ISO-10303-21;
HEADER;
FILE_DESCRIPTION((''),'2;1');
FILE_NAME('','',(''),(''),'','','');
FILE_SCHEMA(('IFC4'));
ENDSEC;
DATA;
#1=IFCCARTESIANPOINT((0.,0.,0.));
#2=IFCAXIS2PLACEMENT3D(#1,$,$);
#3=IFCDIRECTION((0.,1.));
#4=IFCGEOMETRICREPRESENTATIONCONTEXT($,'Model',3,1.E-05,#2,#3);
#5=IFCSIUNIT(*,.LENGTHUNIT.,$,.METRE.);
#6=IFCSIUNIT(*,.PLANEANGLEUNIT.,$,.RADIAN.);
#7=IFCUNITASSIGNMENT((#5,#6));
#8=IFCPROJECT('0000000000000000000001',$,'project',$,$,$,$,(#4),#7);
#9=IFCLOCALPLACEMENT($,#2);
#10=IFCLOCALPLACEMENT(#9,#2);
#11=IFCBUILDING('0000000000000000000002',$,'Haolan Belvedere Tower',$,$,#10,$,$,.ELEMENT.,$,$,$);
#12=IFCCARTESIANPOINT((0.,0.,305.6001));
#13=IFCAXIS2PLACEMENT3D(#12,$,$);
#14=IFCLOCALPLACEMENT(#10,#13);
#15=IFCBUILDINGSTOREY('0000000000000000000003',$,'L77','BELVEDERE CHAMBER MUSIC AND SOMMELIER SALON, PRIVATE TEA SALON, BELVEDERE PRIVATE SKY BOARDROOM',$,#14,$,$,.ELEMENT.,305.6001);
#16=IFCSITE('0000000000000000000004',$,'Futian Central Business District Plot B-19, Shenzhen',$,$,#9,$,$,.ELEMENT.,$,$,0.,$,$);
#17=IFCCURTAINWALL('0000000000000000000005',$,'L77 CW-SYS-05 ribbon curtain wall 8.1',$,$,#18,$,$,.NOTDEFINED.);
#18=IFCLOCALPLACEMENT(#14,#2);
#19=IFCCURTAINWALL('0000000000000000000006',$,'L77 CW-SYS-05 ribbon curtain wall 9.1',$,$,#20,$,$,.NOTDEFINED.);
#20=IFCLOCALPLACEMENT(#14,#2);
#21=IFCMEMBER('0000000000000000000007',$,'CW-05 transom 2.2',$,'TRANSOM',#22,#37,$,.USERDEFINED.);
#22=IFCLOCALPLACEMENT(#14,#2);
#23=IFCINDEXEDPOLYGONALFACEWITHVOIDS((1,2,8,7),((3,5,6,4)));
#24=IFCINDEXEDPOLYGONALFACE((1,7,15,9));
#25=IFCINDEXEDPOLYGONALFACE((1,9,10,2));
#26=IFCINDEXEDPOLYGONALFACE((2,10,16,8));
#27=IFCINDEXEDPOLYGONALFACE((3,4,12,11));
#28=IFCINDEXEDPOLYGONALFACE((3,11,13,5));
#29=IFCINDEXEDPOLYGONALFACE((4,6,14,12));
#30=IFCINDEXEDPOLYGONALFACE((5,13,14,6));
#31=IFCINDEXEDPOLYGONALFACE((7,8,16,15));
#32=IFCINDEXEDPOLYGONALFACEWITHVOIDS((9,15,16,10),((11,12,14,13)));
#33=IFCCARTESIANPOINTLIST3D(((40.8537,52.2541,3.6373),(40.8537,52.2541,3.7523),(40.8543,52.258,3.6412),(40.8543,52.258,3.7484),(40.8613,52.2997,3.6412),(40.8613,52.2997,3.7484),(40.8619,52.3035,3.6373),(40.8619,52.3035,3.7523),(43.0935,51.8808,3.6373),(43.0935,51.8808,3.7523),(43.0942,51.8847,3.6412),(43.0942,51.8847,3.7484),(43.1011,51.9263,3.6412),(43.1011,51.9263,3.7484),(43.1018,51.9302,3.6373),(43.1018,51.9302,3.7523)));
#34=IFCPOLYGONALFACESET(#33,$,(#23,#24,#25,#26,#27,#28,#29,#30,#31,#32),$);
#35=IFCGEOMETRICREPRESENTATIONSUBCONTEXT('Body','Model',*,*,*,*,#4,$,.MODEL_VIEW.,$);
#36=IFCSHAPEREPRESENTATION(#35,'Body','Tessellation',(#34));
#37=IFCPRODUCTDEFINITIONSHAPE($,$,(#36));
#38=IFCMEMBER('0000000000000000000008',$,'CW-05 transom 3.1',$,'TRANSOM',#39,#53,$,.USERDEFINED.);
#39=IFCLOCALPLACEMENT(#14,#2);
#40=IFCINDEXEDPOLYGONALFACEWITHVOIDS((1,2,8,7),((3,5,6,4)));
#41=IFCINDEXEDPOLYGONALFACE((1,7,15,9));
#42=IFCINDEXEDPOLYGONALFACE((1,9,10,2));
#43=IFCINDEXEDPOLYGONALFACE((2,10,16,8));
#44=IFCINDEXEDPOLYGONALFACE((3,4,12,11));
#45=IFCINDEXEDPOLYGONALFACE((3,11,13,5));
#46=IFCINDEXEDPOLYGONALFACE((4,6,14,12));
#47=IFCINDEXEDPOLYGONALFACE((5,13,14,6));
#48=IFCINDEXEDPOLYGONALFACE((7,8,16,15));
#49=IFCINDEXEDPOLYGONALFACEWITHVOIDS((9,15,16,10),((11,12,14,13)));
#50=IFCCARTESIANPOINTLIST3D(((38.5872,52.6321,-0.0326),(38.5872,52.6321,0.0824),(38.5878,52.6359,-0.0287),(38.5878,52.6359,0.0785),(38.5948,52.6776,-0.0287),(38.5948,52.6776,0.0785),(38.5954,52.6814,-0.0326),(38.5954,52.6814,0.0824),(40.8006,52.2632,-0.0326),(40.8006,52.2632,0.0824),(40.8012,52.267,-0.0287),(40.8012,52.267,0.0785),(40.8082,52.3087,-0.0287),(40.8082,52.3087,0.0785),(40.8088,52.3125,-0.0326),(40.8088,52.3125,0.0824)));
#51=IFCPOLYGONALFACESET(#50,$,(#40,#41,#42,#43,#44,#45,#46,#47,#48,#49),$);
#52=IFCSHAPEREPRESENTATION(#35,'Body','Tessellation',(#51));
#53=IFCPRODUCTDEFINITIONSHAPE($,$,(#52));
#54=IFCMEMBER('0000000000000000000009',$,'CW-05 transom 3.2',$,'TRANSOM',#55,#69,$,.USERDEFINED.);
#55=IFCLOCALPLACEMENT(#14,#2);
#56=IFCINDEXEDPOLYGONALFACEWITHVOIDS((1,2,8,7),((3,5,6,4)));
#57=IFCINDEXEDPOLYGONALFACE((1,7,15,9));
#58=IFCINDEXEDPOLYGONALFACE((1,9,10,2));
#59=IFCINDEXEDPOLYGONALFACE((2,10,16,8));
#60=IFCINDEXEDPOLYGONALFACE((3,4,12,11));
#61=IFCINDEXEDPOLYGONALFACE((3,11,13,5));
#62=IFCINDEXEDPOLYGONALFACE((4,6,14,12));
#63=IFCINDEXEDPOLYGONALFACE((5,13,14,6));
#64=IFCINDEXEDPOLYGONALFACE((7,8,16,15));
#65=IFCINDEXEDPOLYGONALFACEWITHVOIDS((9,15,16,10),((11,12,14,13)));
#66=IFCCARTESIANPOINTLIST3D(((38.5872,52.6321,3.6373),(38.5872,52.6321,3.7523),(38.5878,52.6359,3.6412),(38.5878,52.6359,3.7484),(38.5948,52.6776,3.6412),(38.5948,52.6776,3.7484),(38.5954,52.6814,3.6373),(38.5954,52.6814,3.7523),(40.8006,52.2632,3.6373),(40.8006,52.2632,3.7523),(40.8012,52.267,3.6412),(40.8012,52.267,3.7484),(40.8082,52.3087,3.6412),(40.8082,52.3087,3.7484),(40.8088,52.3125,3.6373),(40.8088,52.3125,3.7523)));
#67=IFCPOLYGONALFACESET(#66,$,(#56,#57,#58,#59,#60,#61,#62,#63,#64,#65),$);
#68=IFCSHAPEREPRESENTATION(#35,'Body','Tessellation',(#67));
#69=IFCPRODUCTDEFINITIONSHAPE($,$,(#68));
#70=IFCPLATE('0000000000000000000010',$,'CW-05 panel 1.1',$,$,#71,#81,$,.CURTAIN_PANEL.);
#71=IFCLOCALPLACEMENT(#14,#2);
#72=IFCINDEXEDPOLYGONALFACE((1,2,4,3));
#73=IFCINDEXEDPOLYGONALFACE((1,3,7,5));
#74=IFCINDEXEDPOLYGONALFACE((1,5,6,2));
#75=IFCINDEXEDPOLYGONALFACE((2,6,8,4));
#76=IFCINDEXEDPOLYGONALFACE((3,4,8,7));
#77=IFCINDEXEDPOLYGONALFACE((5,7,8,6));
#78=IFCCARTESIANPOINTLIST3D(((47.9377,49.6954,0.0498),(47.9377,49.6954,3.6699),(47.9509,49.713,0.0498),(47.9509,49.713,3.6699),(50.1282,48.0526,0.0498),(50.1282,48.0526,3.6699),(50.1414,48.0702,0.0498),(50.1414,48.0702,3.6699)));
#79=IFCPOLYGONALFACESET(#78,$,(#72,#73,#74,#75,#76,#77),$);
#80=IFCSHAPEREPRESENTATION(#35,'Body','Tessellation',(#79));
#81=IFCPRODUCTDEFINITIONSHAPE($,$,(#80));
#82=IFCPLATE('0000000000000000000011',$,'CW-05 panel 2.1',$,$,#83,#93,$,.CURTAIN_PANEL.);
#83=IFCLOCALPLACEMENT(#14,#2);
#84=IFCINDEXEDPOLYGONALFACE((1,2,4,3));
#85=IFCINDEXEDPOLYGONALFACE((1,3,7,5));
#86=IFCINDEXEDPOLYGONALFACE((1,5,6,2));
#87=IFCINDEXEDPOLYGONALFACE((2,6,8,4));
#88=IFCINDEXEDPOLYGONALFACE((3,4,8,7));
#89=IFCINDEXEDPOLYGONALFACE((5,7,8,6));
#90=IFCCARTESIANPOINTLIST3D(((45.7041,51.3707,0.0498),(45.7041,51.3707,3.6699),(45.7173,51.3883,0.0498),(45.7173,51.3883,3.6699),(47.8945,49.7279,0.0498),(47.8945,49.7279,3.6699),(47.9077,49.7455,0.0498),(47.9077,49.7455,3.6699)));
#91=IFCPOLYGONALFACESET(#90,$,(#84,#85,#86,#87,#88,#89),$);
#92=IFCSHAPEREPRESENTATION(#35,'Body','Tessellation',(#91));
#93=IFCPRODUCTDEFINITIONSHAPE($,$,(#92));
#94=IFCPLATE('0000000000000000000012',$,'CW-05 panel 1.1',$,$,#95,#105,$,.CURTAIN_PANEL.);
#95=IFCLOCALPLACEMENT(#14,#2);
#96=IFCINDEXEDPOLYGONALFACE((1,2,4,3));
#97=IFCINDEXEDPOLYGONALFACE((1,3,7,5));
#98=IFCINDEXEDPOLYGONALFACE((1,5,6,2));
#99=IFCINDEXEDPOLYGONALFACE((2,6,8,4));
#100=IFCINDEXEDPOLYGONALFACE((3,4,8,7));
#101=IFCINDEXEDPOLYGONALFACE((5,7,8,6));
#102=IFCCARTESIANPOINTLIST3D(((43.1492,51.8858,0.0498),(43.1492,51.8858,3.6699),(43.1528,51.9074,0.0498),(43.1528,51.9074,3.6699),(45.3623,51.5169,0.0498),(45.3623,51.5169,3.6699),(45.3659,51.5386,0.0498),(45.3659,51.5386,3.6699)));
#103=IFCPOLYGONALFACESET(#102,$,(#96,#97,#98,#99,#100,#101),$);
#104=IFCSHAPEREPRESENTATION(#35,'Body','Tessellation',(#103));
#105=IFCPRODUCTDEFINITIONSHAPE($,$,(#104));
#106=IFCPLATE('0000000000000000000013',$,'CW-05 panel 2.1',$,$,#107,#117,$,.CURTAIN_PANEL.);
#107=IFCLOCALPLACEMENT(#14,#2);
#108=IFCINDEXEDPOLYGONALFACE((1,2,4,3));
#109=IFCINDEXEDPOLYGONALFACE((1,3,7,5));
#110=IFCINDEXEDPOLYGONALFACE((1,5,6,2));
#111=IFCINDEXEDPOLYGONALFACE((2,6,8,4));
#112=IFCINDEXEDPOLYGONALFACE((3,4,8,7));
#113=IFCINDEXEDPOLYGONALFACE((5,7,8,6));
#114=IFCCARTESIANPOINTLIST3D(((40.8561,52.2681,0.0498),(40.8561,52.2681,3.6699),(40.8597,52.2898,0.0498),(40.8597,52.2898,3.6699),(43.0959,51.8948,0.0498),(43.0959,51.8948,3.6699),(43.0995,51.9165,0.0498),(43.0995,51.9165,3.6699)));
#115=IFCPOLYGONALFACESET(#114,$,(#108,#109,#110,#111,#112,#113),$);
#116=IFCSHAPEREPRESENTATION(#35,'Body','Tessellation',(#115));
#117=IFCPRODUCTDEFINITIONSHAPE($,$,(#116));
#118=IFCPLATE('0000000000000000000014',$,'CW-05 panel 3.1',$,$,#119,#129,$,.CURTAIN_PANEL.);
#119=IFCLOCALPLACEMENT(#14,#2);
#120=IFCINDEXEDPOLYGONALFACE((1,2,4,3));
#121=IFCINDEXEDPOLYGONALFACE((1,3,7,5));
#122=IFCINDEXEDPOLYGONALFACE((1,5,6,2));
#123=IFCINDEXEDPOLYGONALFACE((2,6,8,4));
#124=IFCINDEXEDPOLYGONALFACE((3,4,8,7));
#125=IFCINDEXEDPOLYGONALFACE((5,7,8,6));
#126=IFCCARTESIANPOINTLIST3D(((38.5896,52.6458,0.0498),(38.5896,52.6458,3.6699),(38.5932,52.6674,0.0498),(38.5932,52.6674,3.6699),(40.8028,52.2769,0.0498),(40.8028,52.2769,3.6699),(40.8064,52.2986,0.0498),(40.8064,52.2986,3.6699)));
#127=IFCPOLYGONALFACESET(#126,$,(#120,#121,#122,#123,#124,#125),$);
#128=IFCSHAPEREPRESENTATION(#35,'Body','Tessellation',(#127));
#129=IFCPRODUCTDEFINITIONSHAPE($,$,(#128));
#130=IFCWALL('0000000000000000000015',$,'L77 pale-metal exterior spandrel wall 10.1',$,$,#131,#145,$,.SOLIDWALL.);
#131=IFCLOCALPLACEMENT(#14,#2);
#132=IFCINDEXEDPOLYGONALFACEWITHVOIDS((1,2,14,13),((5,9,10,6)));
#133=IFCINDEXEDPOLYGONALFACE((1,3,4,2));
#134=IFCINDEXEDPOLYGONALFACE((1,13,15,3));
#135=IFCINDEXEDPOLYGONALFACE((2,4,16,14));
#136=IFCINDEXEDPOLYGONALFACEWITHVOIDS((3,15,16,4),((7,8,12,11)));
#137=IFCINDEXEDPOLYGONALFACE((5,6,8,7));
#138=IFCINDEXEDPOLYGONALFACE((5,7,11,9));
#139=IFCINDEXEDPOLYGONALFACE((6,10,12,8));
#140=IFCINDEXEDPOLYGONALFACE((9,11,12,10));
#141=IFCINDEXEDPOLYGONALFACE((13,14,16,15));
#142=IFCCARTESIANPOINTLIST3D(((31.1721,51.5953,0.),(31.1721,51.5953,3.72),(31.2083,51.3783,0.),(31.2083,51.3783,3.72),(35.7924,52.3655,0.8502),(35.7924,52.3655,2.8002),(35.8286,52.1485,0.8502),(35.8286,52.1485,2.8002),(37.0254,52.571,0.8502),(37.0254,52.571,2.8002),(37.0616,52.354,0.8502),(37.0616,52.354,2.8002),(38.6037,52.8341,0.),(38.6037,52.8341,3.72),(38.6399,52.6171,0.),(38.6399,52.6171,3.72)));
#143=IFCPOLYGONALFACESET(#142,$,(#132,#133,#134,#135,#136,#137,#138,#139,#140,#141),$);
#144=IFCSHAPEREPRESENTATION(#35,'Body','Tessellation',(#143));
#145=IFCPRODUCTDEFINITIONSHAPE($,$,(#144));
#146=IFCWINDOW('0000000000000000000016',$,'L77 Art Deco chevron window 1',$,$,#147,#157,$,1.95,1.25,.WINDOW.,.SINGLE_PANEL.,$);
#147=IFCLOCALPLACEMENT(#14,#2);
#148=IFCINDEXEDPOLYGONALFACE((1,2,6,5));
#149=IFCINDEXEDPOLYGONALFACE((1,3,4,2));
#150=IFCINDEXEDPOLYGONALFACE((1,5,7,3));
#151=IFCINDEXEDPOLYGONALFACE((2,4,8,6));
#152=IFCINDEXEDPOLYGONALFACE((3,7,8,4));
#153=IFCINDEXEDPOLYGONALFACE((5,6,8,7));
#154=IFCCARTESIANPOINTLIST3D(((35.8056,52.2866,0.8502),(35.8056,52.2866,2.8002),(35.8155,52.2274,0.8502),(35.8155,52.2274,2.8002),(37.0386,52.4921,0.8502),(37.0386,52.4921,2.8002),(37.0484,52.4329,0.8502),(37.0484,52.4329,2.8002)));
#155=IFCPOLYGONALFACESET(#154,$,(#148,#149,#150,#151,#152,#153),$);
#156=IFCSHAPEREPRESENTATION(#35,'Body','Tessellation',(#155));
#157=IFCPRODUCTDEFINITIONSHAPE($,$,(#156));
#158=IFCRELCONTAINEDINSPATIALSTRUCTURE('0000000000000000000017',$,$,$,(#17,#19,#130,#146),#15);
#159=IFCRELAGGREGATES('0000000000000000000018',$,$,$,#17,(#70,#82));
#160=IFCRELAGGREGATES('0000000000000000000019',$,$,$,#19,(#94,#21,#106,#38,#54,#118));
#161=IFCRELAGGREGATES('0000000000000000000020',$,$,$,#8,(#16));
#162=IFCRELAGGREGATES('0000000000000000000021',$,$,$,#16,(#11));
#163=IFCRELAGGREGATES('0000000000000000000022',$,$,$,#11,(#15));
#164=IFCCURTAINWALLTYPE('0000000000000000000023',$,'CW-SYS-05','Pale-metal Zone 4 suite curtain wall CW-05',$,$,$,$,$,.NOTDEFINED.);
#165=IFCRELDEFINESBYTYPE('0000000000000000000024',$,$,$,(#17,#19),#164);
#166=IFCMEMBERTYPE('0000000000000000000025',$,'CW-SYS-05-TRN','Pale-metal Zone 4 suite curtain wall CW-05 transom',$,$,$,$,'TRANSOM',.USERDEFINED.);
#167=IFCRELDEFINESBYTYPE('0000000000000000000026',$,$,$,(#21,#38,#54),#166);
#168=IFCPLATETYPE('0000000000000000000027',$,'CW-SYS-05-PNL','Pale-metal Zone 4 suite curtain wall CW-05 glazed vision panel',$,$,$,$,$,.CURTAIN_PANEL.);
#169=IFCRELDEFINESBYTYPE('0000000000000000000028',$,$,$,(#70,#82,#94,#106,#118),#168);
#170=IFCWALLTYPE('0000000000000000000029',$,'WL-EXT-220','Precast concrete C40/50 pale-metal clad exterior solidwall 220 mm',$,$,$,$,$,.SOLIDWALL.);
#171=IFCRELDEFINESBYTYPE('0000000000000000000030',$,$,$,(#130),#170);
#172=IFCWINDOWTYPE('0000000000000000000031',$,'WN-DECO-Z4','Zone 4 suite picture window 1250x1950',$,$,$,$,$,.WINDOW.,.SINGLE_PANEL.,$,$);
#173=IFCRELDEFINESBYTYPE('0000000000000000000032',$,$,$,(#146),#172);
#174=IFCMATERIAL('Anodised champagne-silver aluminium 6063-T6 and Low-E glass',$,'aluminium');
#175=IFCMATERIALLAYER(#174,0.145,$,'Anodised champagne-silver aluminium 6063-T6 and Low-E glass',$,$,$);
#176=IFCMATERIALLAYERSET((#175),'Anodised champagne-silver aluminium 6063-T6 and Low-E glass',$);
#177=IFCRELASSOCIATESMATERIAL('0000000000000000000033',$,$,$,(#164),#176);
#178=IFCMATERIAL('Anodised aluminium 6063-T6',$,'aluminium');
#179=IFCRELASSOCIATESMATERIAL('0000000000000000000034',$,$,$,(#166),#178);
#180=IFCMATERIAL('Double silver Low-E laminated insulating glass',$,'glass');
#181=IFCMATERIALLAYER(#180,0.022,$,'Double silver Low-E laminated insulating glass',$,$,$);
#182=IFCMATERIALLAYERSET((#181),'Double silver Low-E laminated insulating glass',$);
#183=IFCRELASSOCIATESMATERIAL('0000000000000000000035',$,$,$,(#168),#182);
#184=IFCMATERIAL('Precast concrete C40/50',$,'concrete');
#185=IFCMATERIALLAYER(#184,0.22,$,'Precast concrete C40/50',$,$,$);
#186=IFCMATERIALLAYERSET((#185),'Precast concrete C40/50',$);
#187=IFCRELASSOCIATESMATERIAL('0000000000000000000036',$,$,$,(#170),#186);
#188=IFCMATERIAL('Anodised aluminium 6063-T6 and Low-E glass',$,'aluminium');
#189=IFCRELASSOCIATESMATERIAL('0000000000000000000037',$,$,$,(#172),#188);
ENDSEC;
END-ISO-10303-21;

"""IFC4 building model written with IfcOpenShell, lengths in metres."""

from ifc_helpers import new_model, si_unit, direction, frame, frame_2d, origin, origin_2d, place, context, subcontext, project, spatial, rectangle, hollow_rectangle, extrude, material, layer, layer_set, material_profile, profile_set, type_object, element, fill, aggregate, save


model = new_model("IFC4")

# Units and contexts
model_context = context("Model", 3, precision=1e-05, world=origin(), true_north=direction((0.0, 1.0)))
body_context = subcontext(model_context, "Body", "Model", "MODEL_VIEW")
ifc_project = project(units=[si_unit("LENGTHUNIT", "METRE"), si_unit("PLANEANGLEUNIT", "RADIAN")], contexts=[model_context])

# Site, building, storey
site_placement = place(None, origin())
site = spatial("IfcSite", under=ifc_project, at=site_placement, Name="Futian Central Business District Plot B-19, Shenzhen", CompositionType="ELEMENT", RefElevation=0.0)
building_placement = place(site_placement, origin())
building = spatial("IfcBuilding", under=site, at=building_placement, Name="Haolan Belvedere Tower", CompositionType="ELEMENT")
storey_placement = place(building_placement, frame((0.0, 0.0, 305.6001)))
storey = spatial("IfcBuildingStorey", under=building, at=storey_placement, Name="L77", Description="BELVEDERE CHAMBER MUSIC AND SOMMELIER SALON, PRIVATE TEA SALON, BELVEDERE PRIVATE SKY BOARDROOM", CompositionType="ELEMENT", Elevation=305.6001)

# Curtain walls
ifc_material_1 = material(Name="Anodised champagne-silver aluminium 6063-T6 and Low-E glass", Category="aluminium")
ifc_layer_1 = layer(ifc_material_1, 0.145, Name="Anodised champagne-silver aluminium 6063-T6 and Low-E glass")
ifc_layer_set_1 = layer_set([ifc_layer_1], Name="Anodised champagne-silver aluminium 6063-T6 and Low-E glass")
curtain_wall_type = type_object("IfcCurtainWallType", Name="CW-SYS-05", Description="Pale-metal Zone 4 suite curtain wall CW-05", PredefinedType="NOTDEFINED", material=ifc_layer_set_1)
curtain_wall_1_placement = place(storey_placement, origin())
curtain_wall_1 = element("IfcCurtainWall", 1, at=curtain_wall_1_placement, inside=storey, type_object=curtain_wall_type, Name="L77 CW-SYS-05 ribbon curtain wall 8.1", PredefinedType="NOTDEFINED")
ifc_material_2 = material(Name="Anodised aluminium 6063-T6", Category="aluminium")
curtain_wall_2_placement = place(storey_placement, origin())
curtain_wall_2 = element("IfcCurtainWall", 2, at=curtain_wall_2_placement, inside=storey, type_object=curtain_wall_type, Name="L77 CW-SYS-05 ribbon curtain wall 9.1", PredefinedType="NOTDEFINED")

# Members
ifc_material_profile_1 = material_profile(ifc_material_2, hollow_rectangle(XDim=0.05, YDim=0.115, WallThickness=0.0039, at=origin_2d()), Name="Anodised aluminium 6063-T6")
ifc_profile_set_1 = profile_set([ifc_material_profile_1], Name="Anodised aluminium 6063-T6")
member_type_1 = type_object("IfcMemberType", Name="CW-SYS-05-TRN", Description="Pale-metal Zone 4 suite curtain wall CW-05 transom", ElementType="TRANSOM", PredefinedType="USERDEFINED", material=ifc_profile_set_1)
member_1_placement = place(storey_placement, frame((43.0977, 51.9055, 3.6948), z_axis=(-0.986394, 0.164399, 0.0), x_axis=(-0.164399, -0.986394, 0.0)))
member_1 = element("IfcMember", 3, at=member_1_placement, type_object=member_type_1, Name="CW-05 transom 2.2", ObjectType="TRANSOM", PredefinedType="USERDEFINED", context=body_context, shape_type="SweptSolid", body=[
    extrude(hollow_rectangle(XDim=0.05, YDim=0.115, WallThickness=0.0039, at=origin_2d()), origin(), (0.0, 0.0, 1.0), 2.2708),
])
member_2_placement = place(storey_placement, frame((40.8047, 52.2878, 0.0249), z_axis=(-0.986394, 0.164399, 0.0), x_axis=(-0.164399, -0.986394, 0.0)))
member_2 = element("IfcMember", 4, at=member_2_placement, type_object=member_type_1, Name="CW-05 transom 3.1", ObjectType="TRANSOM", PredefinedType="USERDEFINED", context=body_context, shape_type="SweptSolid", body=[
    extrude(hollow_rectangle(XDim=0.05, YDim=0.115, WallThickness=0.0039, at=origin_2d()), origin(), (0.0, 0.0, 1.0), 2.2439),
])
member_3_placement = place(storey_placement, frame((40.8047, 52.2878, 3.6948), z_axis=(-0.986394, 0.164399, 0.0), x_axis=(-0.164399, -0.986394, 0.0)))
member_3 = element("IfcMember", 5, at=member_3_placement, type_object=member_type_1, Name="CW-05 transom 3.2", ObjectType="TRANSOM", PredefinedType="USERDEFINED", context=body_context, shape_type="SweptSolid", body=[
    extrude(hollow_rectangle(XDim=0.05, YDim=0.115, WallThickness=0.0039, at=origin_2d()), origin(), (0.0, 0.0, 1.0), 2.2439),
])

# Plates
ifc_material_3 = material(Name="Double silver Low-E laminated insulating glass", Category="glass")
ifc_layer_2 = layer(ifc_material_3, 0.022, Name="Double silver Low-E laminated insulating glass")
ifc_layer_set_2 = layer_set([ifc_layer_2], Name="Double silver Low-E laminated insulating glass")
plate_type = type_object("IfcPlateType", Name="CW-SYS-05-PNL", Description="Pale-metal Zone 4 suite curtain wall CW-05 glazed vision panel", PredefinedType="CURTAIN_PANEL", material=ifc_layer_set_2)
plate_1_placement = place(storey_placement, frame((49.0396, 48.8828, 0.0498), z_axis=(0.0, 0.0, 1.0), x_axis=(-0.799998, 0.600003, 0.0)))
plate_1 = element("IfcPlate", 6, at=plate_1_placement, type_object=plate_type, Name="CW-05 panel 1.1", PredefinedType="CURTAIN_PANEL", context=body_context, shape_type="SweptSolid", body=[
    extrude(rectangle(XDim=2.738, YDim=0.022, at=origin_2d()), origin(), (0.0, 0.0, 1.0), 3.6201),
])
plate_2_placement = place(storey_placement, frame((46.8059, 50.5581, 0.0498), z_axis=(0.0, 0.0, 1.0), x_axis=(-0.799998, 0.600003, 0.0)))
plate_2 = element("IfcPlate", 7, at=plate_2_placement, type_object=plate_type, Name="CW-05 panel 2.1", PredefinedType="CURTAIN_PANEL", context=body_context, shape_type="SweptSolid", body=[
    extrude(rectangle(XDim=2.738, YDim=0.022, at=origin_2d()), origin(), (0.0, 0.0, 1.0), 3.6201),
])
aggregate(curtain_wall_1, [plate_1, plate_2])
plate_3_placement = place(storey_placement, frame((44.2576, 51.7122, 0.0498), z_axis=(0.0, 0.0, 1.0), x_axis=(-0.986393, 0.164406, 0.0)))
plate_3 = element("IfcPlate", 8, at=plate_3_placement, type_object=plate_type, Name="CW-05 panel 1.1", PredefinedType="CURTAIN_PANEL", context=body_context, shape_type="SweptSolid", body=[
    extrude(rectangle(XDim=2.2437, YDim=0.022, at=origin_2d()), origin(), (0.0, 0.0, 1.0), 3.6201),
])
plate_4_placement = place(storey_placement, frame((41.9778, 52.0923, 0.0498), z_axis=(0.0, 0.0, 1.0), x_axis=(-0.986393, 0.164406, 0.0)))
plate_4 = element("IfcPlate", 9, at=plate_4_placement, type_object=plate_type, Name="CW-05 panel 2.1", PredefinedType="CURTAIN_PANEL", context=body_context, shape_type="SweptSolid", body=[
    extrude(rectangle(XDim=2.2708, YDim=0.022, at=origin_2d()), origin(), (0.0, 0.0, 1.0), 3.6201),
])
plate_5_placement = place(storey_placement, frame((39.698, 52.4722, 0.0498), z_axis=(0.0, 0.0, 1.0), x_axis=(-0.986393, 0.164406, 0.0)))
plate_5 = element("IfcPlate", 10, at=plate_5_placement, type_object=plate_type, Name="CW-05 panel 3.1", PredefinedType="CURTAIN_PANEL", context=body_context, shape_type="SweptSolid", body=[
    extrude(rectangle(XDim=2.2437, YDim=0.022, at=origin_2d()), origin(), (0.0, 0.0, 1.0), 3.6201),
])
aggregate(curtain_wall_2, [plate_3, member_1, plate_4, member_2, member_3, plate_5])

# Wall, opening, window
ifc_material_4 = material(Name="Precast concrete C40/50", Category="concrete")
ifc_layer_3 = layer(ifc_material_4, 0.22, Name="Precast concrete C40/50")
ifc_layer_set_3 = layer_set([ifc_layer_3], Name="Precast concrete C40/50")
wall_type = type_object("IfcWallType", Name="WL-EXT-220", Description="Precast concrete C40/50 pale-metal clad exterior solidwall 220 mm", PredefinedType="SOLIDWALL", material=ifc_layer_set_3)
wall_placement = place(storey_placement, frame((38.6218, 52.7256, 0.0), z_axis=(0.0, 0.0, 1.0), x_axis=(-0.98639, -0.16442, 0.0)))
wall = element("IfcWall", 11, at=wall_placement, inside=storey, type_object=wall_type, Name="L77 pale-metal exterior spandrel wall 10.1", PredefinedType="SOLIDWALL", context=body_context, shape_type="SweptSolid", body=[
    extrude(rectangle(XDim=7.5342, YDim=0.22, at=frame_2d((3.7671, 0.0))), origin(), (0.0, 0.0, 1.0), 3.72),
])
opening_placement = place(wall_placement, frame((1.6001, 0.0, 0.8501)))
opening = element("IfcOpeningElement", 12, at=opening_placement, cuts=wall, PredefinedType="OPENING", context=body_context, shape_type="SweptSolid", body=[
    extrude(rectangle(XDim=1.25, YDim=1.95, at=frame_2d((0.625, 0.9751))), frame((0.0, 0.1199, 0.0), z_axis=(0.0, -1.0, 0.0), x_axis=(1.0, 0.0, 0.0)), (0.0, 0.0, 1.0), 0.24),
])
ifc_material_5 = material(Name="Anodised aluminium 6063-T6 and Low-E glass", Category="aluminium")
window_type = type_object("IfcWindowType", Name="WN-DECO-Z4", Description="Zone 4 suite picture window 1250x1950", PartitioningType="SINGLE_PANEL", PredefinedType="WINDOW", material=ifc_material_5)
window_placement = place(opening_placement, origin())
window = element("IfcWindow", 13, at=window_placement, inside=storey, type_object=window_type, Name="L77 Art Deco chevron window 1", OverallHeight=1.95, OverallWidth=1.25, PartitioningType="SINGLE_PANEL", PredefinedType="WINDOW", context=body_context, shape_type="SweptSolid", body=[
    extrude(rectangle(XDim=1.25, YDim=1.95, at=frame_2d((0.625, 0.9751))), frame((0.0, 0.03, 0.0), z_axis=(0.0, -1.0, 0.0), x_axis=(1.0, 0.0, 0.0)), (0.0, 0.0, 1.0), 0.0601),
])
fill(opening, window)

save(model, "model.ifc")
